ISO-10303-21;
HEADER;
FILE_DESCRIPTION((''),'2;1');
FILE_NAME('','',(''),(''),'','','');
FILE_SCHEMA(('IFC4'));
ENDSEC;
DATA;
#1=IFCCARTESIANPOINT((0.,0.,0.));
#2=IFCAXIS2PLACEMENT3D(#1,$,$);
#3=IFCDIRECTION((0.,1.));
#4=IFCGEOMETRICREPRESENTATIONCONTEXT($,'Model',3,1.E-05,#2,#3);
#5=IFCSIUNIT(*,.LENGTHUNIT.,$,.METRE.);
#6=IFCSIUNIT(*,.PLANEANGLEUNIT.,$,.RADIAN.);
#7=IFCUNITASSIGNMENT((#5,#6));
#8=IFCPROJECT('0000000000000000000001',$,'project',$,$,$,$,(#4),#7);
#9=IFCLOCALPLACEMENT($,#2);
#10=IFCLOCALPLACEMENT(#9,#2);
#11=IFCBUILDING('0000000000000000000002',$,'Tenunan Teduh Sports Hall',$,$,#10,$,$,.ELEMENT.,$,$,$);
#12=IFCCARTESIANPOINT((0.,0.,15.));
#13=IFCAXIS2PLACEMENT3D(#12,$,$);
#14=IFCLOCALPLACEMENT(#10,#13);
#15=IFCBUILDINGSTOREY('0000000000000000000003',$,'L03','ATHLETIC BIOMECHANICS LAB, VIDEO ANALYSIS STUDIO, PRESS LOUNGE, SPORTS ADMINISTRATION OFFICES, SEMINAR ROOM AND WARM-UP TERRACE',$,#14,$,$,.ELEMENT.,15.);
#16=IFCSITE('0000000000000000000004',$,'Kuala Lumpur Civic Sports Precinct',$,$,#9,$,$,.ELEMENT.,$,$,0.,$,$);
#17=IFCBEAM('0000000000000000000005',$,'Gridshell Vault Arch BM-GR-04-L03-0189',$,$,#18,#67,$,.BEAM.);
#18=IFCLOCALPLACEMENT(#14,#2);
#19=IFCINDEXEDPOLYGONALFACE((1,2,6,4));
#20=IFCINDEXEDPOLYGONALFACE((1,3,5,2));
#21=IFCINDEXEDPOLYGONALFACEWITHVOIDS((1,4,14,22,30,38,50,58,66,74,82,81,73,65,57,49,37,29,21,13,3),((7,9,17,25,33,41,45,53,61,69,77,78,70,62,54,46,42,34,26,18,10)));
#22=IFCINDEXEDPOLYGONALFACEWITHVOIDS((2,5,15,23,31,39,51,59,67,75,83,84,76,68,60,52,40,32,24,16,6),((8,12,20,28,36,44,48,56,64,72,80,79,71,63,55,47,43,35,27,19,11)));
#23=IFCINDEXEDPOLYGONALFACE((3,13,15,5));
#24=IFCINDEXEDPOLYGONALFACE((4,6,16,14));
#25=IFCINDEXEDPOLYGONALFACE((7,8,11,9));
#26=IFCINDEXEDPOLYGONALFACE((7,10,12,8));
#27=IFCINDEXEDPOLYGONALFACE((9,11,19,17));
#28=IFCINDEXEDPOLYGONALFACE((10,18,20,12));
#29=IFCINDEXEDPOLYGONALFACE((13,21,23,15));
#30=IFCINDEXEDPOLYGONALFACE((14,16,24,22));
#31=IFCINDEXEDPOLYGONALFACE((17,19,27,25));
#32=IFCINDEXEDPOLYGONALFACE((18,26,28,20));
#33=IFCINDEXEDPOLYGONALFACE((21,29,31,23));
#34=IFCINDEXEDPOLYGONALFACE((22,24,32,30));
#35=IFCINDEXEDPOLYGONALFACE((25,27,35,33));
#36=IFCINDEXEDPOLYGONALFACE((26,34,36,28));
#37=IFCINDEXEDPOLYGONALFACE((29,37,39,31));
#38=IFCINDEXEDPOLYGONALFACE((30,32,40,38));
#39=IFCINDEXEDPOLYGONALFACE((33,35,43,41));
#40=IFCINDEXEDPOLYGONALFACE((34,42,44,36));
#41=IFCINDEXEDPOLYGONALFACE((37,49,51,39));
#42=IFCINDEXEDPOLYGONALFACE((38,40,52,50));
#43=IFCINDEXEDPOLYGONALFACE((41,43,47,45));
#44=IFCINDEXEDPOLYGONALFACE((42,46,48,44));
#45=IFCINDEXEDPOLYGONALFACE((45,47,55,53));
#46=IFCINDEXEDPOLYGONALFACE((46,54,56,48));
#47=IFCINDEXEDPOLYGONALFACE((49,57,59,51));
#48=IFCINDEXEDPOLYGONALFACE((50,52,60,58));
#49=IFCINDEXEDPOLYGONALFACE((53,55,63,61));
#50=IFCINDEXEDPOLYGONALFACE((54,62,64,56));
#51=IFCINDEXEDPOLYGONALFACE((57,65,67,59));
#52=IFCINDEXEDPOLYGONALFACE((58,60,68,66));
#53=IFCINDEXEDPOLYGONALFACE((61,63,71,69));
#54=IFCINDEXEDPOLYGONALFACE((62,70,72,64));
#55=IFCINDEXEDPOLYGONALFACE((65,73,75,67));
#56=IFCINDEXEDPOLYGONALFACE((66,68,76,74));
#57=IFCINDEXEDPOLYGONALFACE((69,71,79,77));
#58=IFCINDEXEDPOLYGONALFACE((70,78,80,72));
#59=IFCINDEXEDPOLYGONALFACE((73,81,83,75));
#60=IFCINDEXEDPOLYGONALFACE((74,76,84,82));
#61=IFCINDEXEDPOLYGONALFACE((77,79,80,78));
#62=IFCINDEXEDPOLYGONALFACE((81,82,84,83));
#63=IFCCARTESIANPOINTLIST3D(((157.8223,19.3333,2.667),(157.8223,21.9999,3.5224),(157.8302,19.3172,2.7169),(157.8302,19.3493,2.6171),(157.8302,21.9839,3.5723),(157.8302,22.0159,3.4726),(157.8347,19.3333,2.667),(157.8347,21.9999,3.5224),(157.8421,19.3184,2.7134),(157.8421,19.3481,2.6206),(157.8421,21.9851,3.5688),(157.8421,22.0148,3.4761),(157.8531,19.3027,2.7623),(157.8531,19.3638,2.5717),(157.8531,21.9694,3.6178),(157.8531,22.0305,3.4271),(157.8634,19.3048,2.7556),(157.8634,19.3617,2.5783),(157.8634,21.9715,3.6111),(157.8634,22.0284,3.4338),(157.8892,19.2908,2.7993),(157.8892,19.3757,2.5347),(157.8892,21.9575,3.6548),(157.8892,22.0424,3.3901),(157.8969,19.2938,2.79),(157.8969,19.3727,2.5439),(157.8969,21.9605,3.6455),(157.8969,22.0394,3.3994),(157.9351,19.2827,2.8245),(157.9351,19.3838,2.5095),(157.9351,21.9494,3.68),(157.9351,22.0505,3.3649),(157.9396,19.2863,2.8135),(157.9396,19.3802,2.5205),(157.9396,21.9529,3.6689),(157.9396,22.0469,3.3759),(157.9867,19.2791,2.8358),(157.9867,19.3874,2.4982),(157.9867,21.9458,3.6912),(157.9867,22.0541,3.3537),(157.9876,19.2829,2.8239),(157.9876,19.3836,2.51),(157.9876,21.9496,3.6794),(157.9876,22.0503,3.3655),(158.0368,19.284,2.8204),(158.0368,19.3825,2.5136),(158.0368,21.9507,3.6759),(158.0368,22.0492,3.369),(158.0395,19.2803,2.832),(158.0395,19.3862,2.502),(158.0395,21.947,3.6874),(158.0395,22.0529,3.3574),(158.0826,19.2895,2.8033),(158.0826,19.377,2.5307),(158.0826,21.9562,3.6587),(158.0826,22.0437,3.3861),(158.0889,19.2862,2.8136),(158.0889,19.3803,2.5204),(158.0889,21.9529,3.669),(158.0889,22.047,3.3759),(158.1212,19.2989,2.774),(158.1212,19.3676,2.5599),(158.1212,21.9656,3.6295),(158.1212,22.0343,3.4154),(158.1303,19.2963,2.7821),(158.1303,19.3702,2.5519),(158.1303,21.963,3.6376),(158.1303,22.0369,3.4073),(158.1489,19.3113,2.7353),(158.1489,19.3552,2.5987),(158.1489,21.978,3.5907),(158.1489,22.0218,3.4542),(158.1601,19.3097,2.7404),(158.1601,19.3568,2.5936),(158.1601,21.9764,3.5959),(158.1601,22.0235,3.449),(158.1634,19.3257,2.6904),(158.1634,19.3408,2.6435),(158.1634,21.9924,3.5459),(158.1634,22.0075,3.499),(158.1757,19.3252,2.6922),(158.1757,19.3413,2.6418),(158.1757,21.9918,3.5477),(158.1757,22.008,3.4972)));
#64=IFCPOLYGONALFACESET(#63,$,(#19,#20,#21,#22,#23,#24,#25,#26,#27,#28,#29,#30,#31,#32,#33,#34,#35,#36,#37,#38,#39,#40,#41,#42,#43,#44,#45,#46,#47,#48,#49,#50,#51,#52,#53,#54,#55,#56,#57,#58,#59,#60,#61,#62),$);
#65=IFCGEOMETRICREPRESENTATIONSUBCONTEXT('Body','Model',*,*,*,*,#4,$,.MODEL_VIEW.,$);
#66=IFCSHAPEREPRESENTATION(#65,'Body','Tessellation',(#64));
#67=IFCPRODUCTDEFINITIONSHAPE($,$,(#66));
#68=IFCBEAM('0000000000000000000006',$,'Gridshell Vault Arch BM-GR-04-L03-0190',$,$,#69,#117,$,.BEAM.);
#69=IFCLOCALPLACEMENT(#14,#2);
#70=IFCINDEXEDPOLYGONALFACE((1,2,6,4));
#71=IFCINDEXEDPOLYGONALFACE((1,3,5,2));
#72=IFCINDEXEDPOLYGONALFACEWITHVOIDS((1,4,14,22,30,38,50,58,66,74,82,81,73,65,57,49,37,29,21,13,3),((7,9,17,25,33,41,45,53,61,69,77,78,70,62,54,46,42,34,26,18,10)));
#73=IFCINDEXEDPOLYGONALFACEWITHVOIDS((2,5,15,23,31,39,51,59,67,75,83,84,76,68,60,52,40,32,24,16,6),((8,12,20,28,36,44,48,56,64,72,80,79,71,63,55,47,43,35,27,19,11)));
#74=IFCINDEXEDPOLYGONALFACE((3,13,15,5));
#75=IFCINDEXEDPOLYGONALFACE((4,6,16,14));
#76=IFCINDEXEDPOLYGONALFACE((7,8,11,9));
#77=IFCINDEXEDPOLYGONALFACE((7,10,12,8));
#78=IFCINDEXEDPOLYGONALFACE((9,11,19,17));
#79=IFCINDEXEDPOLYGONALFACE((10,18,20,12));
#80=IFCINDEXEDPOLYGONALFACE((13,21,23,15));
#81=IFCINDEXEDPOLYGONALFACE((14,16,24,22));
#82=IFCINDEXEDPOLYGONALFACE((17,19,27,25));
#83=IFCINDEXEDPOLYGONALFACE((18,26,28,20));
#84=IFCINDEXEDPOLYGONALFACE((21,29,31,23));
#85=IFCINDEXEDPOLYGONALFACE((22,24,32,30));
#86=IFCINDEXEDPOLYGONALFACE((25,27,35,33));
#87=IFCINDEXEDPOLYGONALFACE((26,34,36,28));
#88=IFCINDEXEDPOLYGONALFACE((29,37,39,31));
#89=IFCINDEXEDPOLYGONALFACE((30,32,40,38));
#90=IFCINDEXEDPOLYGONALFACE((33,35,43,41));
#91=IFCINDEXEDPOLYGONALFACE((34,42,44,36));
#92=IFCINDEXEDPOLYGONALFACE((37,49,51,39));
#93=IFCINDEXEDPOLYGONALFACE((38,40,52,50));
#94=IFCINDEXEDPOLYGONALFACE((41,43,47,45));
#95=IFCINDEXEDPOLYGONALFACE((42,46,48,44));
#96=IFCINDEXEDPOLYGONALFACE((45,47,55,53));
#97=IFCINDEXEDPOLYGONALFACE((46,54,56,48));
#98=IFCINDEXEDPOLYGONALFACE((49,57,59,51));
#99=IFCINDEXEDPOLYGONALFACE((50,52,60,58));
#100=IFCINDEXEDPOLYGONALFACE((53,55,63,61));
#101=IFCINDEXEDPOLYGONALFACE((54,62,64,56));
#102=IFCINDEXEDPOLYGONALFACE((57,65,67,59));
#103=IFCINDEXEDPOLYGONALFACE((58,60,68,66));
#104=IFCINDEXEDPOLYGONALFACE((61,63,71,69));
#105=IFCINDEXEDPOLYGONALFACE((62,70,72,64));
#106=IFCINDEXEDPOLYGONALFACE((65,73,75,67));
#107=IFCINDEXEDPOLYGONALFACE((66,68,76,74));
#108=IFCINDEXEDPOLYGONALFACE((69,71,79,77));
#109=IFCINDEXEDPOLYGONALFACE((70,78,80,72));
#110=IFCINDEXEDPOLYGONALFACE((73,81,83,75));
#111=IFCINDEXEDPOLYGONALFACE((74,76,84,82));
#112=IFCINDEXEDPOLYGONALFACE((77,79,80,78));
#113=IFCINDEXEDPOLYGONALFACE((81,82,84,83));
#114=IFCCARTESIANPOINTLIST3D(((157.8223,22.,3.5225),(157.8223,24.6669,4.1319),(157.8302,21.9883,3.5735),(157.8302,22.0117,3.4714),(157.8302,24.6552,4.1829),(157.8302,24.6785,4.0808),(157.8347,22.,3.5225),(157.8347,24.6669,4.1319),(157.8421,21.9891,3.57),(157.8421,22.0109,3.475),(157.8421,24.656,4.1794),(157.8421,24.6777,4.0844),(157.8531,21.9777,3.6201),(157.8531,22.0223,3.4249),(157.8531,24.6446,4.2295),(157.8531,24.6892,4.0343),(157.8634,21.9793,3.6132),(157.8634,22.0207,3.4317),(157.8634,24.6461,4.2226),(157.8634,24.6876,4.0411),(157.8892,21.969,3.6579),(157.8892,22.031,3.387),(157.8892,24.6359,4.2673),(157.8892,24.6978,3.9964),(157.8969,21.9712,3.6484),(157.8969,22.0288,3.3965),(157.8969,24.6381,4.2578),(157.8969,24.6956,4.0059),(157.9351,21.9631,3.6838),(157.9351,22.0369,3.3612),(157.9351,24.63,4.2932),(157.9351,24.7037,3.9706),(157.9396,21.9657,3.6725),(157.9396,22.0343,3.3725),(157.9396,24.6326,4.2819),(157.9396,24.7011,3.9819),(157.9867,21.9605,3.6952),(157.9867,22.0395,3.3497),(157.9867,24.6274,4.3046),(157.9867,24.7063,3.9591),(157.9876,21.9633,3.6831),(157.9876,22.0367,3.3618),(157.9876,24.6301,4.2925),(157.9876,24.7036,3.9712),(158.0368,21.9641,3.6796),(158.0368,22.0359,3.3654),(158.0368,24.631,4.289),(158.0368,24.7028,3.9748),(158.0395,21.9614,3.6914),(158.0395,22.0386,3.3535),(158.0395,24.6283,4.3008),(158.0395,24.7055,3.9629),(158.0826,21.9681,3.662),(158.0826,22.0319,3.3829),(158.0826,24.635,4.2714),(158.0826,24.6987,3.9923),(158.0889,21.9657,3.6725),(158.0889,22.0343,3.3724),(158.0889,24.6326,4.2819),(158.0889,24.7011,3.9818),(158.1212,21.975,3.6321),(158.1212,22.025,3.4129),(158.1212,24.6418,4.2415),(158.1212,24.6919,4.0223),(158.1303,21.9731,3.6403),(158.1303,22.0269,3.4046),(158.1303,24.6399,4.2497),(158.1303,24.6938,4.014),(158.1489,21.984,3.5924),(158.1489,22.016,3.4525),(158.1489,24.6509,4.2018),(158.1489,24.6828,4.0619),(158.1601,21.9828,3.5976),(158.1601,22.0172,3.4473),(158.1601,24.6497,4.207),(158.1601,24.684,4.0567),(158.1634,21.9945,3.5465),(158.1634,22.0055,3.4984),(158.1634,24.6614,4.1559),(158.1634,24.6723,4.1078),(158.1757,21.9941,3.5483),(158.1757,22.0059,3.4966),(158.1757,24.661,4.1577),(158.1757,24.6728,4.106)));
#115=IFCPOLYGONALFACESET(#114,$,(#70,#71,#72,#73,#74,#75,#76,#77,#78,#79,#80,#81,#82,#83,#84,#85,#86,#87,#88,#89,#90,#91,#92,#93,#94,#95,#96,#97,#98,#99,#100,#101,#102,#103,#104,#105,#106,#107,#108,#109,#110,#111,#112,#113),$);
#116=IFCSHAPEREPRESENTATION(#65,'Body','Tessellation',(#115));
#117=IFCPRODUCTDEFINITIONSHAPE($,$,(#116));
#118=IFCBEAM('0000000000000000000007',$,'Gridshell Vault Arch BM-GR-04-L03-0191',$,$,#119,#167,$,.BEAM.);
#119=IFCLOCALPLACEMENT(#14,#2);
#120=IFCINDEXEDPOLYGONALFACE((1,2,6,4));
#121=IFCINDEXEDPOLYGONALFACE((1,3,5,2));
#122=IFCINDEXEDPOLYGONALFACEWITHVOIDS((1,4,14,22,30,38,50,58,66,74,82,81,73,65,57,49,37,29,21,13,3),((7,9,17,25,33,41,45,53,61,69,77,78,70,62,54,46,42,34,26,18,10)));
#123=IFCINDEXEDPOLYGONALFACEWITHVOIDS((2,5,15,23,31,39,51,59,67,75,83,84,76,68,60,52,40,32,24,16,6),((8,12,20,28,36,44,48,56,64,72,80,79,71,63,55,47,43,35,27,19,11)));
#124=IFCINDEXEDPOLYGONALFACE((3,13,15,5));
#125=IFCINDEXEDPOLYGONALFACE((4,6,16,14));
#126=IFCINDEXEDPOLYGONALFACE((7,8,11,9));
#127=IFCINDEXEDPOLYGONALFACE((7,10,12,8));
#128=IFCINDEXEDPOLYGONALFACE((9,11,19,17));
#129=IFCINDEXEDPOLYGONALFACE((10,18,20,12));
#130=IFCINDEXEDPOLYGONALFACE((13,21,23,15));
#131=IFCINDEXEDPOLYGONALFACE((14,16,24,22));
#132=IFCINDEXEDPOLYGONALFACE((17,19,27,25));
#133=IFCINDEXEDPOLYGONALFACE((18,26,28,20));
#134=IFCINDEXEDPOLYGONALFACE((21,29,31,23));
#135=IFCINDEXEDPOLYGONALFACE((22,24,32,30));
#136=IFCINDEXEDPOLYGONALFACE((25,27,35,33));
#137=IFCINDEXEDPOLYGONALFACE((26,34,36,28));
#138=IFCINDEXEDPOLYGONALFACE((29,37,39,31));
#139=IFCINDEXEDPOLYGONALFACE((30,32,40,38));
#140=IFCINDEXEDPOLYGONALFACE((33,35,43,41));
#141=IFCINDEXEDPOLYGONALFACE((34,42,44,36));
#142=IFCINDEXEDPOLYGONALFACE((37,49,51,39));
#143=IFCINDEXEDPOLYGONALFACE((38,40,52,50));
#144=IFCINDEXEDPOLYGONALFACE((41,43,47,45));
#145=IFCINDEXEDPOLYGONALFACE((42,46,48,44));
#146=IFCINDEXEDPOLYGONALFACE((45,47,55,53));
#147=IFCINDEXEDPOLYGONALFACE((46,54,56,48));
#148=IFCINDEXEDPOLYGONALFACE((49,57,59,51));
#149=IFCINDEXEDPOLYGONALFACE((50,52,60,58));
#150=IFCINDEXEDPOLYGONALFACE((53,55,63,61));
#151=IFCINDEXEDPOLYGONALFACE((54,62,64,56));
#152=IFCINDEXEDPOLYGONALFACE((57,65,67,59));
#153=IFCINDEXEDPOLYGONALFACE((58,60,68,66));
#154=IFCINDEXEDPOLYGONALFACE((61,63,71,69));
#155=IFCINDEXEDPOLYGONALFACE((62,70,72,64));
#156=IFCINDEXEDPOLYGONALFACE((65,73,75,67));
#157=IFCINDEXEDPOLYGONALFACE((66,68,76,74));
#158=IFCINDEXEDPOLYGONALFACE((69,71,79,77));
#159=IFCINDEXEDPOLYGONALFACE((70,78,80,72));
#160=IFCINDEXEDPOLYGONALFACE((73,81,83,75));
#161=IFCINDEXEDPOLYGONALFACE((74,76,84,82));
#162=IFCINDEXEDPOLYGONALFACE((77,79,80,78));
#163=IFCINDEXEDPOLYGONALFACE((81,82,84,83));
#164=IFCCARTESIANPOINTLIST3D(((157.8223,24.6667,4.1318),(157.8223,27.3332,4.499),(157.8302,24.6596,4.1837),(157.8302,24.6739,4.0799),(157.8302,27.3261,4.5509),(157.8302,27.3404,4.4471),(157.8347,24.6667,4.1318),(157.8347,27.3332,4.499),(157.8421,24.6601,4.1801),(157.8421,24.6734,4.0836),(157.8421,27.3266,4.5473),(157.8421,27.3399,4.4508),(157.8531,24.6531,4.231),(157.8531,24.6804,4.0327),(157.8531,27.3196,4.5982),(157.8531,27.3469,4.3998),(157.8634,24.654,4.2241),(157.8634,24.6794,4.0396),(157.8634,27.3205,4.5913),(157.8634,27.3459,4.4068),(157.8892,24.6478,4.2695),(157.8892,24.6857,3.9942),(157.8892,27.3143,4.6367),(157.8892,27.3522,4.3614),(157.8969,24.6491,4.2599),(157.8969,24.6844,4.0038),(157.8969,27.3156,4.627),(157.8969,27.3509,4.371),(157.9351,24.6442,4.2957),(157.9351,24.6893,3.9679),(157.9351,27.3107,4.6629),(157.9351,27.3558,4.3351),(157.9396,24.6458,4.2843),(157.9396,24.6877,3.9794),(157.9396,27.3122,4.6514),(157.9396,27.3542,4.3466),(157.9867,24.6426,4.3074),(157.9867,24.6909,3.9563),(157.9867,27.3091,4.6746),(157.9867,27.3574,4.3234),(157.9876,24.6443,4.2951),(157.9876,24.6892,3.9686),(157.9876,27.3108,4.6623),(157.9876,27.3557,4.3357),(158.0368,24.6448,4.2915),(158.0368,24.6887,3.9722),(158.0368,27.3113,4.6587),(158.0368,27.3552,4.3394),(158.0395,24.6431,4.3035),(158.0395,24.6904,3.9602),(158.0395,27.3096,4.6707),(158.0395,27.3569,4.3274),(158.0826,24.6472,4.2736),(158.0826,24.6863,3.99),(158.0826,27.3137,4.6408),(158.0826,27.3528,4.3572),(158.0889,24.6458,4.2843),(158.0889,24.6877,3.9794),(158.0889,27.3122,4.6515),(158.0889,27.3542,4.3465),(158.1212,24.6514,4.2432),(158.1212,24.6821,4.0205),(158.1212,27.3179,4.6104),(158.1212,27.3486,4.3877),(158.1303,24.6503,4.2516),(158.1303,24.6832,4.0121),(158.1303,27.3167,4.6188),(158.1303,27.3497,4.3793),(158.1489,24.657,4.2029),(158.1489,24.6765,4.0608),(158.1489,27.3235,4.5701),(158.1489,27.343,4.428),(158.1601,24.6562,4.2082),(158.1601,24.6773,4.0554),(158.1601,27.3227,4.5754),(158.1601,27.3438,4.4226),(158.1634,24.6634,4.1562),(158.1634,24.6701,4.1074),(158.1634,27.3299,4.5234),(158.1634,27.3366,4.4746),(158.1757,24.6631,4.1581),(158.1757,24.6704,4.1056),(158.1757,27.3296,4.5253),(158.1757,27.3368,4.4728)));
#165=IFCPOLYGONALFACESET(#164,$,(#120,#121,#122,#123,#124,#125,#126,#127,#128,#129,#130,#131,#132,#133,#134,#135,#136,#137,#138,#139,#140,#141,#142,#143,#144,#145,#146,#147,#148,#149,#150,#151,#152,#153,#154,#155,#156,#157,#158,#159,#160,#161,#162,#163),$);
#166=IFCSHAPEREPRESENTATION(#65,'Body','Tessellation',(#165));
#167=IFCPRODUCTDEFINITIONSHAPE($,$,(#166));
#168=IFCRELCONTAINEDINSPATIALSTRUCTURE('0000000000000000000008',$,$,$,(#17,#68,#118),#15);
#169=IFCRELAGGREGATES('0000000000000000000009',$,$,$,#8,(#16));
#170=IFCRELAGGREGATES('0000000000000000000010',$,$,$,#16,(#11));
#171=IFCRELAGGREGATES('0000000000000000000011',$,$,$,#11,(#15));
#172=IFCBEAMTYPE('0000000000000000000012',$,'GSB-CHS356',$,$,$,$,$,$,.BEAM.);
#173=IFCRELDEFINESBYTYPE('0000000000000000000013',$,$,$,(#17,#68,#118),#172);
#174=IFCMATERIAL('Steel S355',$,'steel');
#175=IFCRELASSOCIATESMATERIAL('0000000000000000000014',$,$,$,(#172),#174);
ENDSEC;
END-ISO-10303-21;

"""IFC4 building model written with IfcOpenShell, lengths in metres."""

from ifc_helpers import new_model, si_unit, direction, frame, origin, origin_2d, place, context, subcontext, project, spatial, hollow_circle, extrude, material, material_profile, profile_set, type_object, element, save


model = new_model("IFC4")

# Units and contexts
model_context = context("Model", 3, precision=1e-05, world=origin(), true_north=direction((0.0, 1.0)))
body_context = subcontext(model_context, "Body", "Model", "MODEL_VIEW")
ifc_project = project(units=[si_unit("LENGTHUNIT", "METRE"), si_unit("PLANEANGLEUNIT", "RADIAN")], contexts=[model_context])

# Site, building, storey
site_placement = place(None, origin())
site = spatial("IfcSite", under=ifc_project, at=site_placement, Name="Kuala Lumpur Civic Sports Precinct", CompositionType="ELEMENT", RefElevation=0.0)
building_placement = place(site_placement, origin())
building = spatial("IfcBuilding", under=site, at=building_placement, Name="Tenunan Teduh Sports Hall", CompositionType="ELEMENT")
storey_placement = place(building_placement, frame((0.0, 0.0, 15.0)))
storey = spatial("IfcBuildingStorey", under=building, at=storey_placement, Name="L03", Description="ATHLETIC BIOMECHANICS LAB, VIDEO ANALYSIS STUDIO, PRESS LOUNGE, SPORTS ADMINISTRATION OFFICES, SEMINAR ROOM AND WARM-UP TERRACE", CompositionType="ELEMENT", Elevation=15.0)

# Beams
ifc_material_1 = material(Name="Steel S355", Category="steel")
ifc_material_profile_1 = material_profile(ifc_material_1, hollow_circle(Radius=0.1777, WallThickness=0.0125, at=origin_2d()), Name="CHS 355.6x12.5")
ifc_profile_set_1 = profile_set([ifc_material_profile_1], Name="Steel S355")
beam_type_1 = type_object("IfcBeamType", Name="GSB-CHS356", PredefinedType="BEAM", material=ifc_profile_set_1)
beam_1_placement = place(storey_placement, frame((158.0, 19.3333, 2.667), z_axis=(0.0, 0.952205, 0.305459), x_axis=(-1.0, 0.0, 0.0)))
element("IfcBeam", 1, at=beam_1_placement, inside=storey, type_object=beam_type_1, Name="Gridshell Vault Arch BM-GR-04-L03-0189", PredefinedType="BEAM", context=body_context, shape_type="SweptSolid", body=[
    extrude(hollow_circle(Radius=0.1777, WallThickness=0.0125, at=origin_2d()), origin(), (0.0, 0.0, 1.0), 2.8005),
])
beam_2_placement = place(storey_placement, frame((158.0, 22.0, 3.5225), z_axis=(0.0, 0.974872, 0.222767), x_axis=(-1.0, 0.0, 0.0)))
element("IfcBeam", 2, at=beam_2_placement, inside=storey, type_object=beam_type_1, Name="Gridshell Vault Arch BM-GR-04-L03-0190", PredefinedType="BEAM", context=body_context, shape_type="SweptSolid", body=[
    extrude(hollow_circle(Radius=0.1777, WallThickness=0.0125, at=origin_2d()), origin(), (0.0, 0.0, 1.0), 2.7356),
])
beam_3_placement = place(storey_placement, frame((158.0, 24.6667, 4.1318), z_axis=(0.0, 0.990652, 0.136416), x_axis=(-1.0, 0.0, 0.0)))
element("IfcBeam", 3, at=beam_3_placement, inside=storey, type_object=beam_type_1, Name="Gridshell Vault Arch BM-GR-04-L03-0191", PredefinedType="BEAM", context=body_context, shape_type="SweptSolid", body=[
    extrude(hollow_circle(Radius=0.1777, WallThickness=0.0125, at=origin_2d()), origin(), (0.0, 0.0, 1.0), 2.6917),
])

save(model, "model.ifc")
